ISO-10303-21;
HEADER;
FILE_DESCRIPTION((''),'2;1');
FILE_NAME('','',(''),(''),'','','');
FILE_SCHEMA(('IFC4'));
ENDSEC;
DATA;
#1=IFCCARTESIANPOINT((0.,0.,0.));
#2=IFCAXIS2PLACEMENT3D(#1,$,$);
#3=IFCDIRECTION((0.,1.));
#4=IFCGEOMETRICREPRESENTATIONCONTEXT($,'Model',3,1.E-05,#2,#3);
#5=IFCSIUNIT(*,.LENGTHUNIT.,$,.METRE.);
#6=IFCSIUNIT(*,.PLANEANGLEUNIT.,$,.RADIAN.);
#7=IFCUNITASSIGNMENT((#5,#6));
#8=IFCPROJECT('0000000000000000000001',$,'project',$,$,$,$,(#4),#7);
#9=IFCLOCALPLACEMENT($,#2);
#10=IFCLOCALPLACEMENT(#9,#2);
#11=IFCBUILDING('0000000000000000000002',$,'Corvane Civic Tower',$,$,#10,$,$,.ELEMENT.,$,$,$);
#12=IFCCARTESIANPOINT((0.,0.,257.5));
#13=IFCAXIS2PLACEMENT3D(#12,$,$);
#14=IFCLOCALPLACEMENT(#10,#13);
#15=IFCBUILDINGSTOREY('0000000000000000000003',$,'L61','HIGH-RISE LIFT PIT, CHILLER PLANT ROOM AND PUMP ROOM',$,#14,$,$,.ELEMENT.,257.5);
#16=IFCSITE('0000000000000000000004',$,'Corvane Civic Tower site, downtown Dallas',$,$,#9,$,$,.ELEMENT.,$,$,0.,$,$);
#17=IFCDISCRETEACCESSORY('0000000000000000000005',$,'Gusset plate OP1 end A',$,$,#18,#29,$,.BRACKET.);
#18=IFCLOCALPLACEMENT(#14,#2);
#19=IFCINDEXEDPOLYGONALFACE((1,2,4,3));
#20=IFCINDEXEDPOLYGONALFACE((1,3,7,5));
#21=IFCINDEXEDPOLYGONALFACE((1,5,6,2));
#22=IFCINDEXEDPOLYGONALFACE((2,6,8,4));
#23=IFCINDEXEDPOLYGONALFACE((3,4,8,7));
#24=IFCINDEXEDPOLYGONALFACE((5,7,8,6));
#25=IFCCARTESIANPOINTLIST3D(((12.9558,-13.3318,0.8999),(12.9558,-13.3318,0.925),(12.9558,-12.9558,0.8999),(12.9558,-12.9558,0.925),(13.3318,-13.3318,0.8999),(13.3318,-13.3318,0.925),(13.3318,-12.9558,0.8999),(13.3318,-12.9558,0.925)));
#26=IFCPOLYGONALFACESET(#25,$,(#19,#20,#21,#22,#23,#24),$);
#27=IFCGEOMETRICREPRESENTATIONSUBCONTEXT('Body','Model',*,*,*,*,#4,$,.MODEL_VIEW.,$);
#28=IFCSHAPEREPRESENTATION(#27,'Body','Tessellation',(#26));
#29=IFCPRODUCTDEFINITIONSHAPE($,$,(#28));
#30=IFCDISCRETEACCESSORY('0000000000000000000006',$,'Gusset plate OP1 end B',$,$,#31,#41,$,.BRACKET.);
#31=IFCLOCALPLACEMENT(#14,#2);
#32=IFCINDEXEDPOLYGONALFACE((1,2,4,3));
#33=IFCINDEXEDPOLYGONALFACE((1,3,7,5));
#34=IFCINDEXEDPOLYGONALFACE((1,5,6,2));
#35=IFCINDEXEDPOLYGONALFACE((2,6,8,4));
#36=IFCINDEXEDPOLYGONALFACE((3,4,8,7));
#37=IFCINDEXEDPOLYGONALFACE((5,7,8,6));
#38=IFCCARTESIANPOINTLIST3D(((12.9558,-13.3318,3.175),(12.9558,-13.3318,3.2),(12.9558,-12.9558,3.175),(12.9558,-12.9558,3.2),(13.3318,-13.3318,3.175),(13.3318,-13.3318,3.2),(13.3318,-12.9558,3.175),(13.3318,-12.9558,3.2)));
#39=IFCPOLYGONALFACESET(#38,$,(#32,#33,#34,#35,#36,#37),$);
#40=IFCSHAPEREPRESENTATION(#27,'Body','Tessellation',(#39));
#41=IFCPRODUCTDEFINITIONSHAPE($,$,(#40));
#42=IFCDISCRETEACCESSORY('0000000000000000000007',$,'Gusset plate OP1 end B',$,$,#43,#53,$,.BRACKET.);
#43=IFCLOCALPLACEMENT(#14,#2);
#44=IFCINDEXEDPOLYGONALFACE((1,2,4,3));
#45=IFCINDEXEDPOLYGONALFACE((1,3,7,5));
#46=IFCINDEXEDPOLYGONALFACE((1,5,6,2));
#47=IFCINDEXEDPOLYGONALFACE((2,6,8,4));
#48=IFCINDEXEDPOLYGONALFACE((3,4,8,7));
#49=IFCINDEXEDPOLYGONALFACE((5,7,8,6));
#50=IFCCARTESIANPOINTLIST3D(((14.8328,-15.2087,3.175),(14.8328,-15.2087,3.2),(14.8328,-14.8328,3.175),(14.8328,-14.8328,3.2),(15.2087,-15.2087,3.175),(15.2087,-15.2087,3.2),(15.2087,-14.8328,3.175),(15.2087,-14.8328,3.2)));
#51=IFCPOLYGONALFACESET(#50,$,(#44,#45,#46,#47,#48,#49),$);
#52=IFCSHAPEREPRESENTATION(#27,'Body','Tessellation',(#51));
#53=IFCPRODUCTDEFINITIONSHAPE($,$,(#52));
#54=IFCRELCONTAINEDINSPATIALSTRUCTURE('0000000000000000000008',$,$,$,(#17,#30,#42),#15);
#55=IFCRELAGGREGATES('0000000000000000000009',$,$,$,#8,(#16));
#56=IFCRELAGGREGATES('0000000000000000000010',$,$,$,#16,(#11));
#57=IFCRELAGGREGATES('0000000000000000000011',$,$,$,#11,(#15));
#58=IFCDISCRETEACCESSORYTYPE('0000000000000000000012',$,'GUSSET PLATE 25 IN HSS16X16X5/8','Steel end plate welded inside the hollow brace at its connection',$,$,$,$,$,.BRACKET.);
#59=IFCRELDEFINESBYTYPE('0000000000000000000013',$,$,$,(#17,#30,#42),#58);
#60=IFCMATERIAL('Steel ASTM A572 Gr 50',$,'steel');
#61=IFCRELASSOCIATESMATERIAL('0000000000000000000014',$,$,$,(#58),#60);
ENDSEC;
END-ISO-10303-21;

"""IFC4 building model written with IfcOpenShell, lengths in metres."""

from ifc_helpers import new_model, si_unit, direction, frame, origin, origin_2d, place, context, subcontext, project, spatial, rectangle, extrude, material, material_profile, profile_set, type_object, element, save


model = new_model("IFC4")

# Units and contexts
model_context = context("Model", 3, precision=1e-05, world=origin(), true_north=direction((0.0, 1.0)))
body_context = subcontext(model_context, "Body", "Model", "MODEL_VIEW")
ifc_project = project(units=[si_unit("LENGTHUNIT", "METRE"), si_unit("PLANEANGLEUNIT", "RADIAN")], contexts=[model_context])

# Site, building, storey
site_placement = place(None, origin())
site = spatial("IfcSite", under=ifc_project, at=site_placement, Name="Corvane Civic Tower site, downtown Dallas", CompositionType="ELEMENT", RefElevation=0.0)
building_placement = place(site_placement, origin())
building = spatial("IfcBuilding", under=site, at=building_placement, Name="Corvane Civic Tower", CompositionType="ELEMENT")
storey_placement = place(building_placement, frame((0.0, 0.0, 257.5)))
storey = spatial("IfcBuildingStorey", under=building, at=storey_placement, Name="L61", Description="HIGH-RISE LIFT PIT, CHILLER PLANT ROOM AND PUMP ROOM", CompositionType="ELEMENT", Elevation=257.5)

# Discrete accessories
ifc_material_1 = material(Name="Steel ASTM A572 Gr 50", Category="steel")
ifc_material_profile_1 = material_profile(ifc_material_1, rectangle(XDim=0.376, YDim=0.376, at=origin_2d()), Name="GUSSET PLATE 25 IN HSS16X16X5/8")
ifc_profile_set_1 = profile_set([ifc_material_profile_1], Name="Steel ASTM A572 Gr 50")
discrete_accessory_type_1 = type_object("IfcDiscreteAccessoryType", Name="GUSSET PLATE 25 IN HSS16X16X5/8", Description="Steel end plate welded inside the hollow brace at its connection", PredefinedType="BRACKET", material=ifc_profile_set_1)
discrete_accessory_1_placement = place(storey_placement, frame((13.1438, -13.1438, 0.8999), z_axis=(0.0, 0.0, 1.0), x_axis=(1.0, 0.0, 0.0)))
element("IfcDiscreteAccessory", 1, at=discrete_accessory_1_placement, inside=storey, type_object=discrete_accessory_type_1, Name="Gusset plate OP1 end A", PredefinedType="BRACKET", context=body_context, shape_type="SweptSolid", body=[
    extrude(rectangle(XDim=0.376, YDim=0.376, at=origin_2d()), origin(), (0.0, 0.0, 1.0), 0.0251),
])
for number, where, z_axis, x_axis, name in (
    (2, (13.1438, -13.1438, 3.2), (0.0, 0.0, -1.0), (1.0, 0.0, 0.0), "Gusset plate OP1 end B"),
    (3, (15.0208, -15.0208, 3.2), (0.0, 0.0, -1.0), (1.0, 0.0, 0.0), "Gusset plate OP1 end B"),
):
    element("IfcDiscreteAccessory", number, at=place(storey_placement, frame(where, z_axis=z_axis, x_axis=x_axis)), inside=storey, type_object=discrete_accessory_type_1, Name=name, PredefinedType="BRACKET", context=body_context, shape_type="SweptSolid", body=[
        extrude(rectangle(XDim=0.376, YDim=0.376, at=origin_2d()), origin(), (0.0, 0.0, 1.0), 0.0249),
    ])

save(model, "model.ifc")
